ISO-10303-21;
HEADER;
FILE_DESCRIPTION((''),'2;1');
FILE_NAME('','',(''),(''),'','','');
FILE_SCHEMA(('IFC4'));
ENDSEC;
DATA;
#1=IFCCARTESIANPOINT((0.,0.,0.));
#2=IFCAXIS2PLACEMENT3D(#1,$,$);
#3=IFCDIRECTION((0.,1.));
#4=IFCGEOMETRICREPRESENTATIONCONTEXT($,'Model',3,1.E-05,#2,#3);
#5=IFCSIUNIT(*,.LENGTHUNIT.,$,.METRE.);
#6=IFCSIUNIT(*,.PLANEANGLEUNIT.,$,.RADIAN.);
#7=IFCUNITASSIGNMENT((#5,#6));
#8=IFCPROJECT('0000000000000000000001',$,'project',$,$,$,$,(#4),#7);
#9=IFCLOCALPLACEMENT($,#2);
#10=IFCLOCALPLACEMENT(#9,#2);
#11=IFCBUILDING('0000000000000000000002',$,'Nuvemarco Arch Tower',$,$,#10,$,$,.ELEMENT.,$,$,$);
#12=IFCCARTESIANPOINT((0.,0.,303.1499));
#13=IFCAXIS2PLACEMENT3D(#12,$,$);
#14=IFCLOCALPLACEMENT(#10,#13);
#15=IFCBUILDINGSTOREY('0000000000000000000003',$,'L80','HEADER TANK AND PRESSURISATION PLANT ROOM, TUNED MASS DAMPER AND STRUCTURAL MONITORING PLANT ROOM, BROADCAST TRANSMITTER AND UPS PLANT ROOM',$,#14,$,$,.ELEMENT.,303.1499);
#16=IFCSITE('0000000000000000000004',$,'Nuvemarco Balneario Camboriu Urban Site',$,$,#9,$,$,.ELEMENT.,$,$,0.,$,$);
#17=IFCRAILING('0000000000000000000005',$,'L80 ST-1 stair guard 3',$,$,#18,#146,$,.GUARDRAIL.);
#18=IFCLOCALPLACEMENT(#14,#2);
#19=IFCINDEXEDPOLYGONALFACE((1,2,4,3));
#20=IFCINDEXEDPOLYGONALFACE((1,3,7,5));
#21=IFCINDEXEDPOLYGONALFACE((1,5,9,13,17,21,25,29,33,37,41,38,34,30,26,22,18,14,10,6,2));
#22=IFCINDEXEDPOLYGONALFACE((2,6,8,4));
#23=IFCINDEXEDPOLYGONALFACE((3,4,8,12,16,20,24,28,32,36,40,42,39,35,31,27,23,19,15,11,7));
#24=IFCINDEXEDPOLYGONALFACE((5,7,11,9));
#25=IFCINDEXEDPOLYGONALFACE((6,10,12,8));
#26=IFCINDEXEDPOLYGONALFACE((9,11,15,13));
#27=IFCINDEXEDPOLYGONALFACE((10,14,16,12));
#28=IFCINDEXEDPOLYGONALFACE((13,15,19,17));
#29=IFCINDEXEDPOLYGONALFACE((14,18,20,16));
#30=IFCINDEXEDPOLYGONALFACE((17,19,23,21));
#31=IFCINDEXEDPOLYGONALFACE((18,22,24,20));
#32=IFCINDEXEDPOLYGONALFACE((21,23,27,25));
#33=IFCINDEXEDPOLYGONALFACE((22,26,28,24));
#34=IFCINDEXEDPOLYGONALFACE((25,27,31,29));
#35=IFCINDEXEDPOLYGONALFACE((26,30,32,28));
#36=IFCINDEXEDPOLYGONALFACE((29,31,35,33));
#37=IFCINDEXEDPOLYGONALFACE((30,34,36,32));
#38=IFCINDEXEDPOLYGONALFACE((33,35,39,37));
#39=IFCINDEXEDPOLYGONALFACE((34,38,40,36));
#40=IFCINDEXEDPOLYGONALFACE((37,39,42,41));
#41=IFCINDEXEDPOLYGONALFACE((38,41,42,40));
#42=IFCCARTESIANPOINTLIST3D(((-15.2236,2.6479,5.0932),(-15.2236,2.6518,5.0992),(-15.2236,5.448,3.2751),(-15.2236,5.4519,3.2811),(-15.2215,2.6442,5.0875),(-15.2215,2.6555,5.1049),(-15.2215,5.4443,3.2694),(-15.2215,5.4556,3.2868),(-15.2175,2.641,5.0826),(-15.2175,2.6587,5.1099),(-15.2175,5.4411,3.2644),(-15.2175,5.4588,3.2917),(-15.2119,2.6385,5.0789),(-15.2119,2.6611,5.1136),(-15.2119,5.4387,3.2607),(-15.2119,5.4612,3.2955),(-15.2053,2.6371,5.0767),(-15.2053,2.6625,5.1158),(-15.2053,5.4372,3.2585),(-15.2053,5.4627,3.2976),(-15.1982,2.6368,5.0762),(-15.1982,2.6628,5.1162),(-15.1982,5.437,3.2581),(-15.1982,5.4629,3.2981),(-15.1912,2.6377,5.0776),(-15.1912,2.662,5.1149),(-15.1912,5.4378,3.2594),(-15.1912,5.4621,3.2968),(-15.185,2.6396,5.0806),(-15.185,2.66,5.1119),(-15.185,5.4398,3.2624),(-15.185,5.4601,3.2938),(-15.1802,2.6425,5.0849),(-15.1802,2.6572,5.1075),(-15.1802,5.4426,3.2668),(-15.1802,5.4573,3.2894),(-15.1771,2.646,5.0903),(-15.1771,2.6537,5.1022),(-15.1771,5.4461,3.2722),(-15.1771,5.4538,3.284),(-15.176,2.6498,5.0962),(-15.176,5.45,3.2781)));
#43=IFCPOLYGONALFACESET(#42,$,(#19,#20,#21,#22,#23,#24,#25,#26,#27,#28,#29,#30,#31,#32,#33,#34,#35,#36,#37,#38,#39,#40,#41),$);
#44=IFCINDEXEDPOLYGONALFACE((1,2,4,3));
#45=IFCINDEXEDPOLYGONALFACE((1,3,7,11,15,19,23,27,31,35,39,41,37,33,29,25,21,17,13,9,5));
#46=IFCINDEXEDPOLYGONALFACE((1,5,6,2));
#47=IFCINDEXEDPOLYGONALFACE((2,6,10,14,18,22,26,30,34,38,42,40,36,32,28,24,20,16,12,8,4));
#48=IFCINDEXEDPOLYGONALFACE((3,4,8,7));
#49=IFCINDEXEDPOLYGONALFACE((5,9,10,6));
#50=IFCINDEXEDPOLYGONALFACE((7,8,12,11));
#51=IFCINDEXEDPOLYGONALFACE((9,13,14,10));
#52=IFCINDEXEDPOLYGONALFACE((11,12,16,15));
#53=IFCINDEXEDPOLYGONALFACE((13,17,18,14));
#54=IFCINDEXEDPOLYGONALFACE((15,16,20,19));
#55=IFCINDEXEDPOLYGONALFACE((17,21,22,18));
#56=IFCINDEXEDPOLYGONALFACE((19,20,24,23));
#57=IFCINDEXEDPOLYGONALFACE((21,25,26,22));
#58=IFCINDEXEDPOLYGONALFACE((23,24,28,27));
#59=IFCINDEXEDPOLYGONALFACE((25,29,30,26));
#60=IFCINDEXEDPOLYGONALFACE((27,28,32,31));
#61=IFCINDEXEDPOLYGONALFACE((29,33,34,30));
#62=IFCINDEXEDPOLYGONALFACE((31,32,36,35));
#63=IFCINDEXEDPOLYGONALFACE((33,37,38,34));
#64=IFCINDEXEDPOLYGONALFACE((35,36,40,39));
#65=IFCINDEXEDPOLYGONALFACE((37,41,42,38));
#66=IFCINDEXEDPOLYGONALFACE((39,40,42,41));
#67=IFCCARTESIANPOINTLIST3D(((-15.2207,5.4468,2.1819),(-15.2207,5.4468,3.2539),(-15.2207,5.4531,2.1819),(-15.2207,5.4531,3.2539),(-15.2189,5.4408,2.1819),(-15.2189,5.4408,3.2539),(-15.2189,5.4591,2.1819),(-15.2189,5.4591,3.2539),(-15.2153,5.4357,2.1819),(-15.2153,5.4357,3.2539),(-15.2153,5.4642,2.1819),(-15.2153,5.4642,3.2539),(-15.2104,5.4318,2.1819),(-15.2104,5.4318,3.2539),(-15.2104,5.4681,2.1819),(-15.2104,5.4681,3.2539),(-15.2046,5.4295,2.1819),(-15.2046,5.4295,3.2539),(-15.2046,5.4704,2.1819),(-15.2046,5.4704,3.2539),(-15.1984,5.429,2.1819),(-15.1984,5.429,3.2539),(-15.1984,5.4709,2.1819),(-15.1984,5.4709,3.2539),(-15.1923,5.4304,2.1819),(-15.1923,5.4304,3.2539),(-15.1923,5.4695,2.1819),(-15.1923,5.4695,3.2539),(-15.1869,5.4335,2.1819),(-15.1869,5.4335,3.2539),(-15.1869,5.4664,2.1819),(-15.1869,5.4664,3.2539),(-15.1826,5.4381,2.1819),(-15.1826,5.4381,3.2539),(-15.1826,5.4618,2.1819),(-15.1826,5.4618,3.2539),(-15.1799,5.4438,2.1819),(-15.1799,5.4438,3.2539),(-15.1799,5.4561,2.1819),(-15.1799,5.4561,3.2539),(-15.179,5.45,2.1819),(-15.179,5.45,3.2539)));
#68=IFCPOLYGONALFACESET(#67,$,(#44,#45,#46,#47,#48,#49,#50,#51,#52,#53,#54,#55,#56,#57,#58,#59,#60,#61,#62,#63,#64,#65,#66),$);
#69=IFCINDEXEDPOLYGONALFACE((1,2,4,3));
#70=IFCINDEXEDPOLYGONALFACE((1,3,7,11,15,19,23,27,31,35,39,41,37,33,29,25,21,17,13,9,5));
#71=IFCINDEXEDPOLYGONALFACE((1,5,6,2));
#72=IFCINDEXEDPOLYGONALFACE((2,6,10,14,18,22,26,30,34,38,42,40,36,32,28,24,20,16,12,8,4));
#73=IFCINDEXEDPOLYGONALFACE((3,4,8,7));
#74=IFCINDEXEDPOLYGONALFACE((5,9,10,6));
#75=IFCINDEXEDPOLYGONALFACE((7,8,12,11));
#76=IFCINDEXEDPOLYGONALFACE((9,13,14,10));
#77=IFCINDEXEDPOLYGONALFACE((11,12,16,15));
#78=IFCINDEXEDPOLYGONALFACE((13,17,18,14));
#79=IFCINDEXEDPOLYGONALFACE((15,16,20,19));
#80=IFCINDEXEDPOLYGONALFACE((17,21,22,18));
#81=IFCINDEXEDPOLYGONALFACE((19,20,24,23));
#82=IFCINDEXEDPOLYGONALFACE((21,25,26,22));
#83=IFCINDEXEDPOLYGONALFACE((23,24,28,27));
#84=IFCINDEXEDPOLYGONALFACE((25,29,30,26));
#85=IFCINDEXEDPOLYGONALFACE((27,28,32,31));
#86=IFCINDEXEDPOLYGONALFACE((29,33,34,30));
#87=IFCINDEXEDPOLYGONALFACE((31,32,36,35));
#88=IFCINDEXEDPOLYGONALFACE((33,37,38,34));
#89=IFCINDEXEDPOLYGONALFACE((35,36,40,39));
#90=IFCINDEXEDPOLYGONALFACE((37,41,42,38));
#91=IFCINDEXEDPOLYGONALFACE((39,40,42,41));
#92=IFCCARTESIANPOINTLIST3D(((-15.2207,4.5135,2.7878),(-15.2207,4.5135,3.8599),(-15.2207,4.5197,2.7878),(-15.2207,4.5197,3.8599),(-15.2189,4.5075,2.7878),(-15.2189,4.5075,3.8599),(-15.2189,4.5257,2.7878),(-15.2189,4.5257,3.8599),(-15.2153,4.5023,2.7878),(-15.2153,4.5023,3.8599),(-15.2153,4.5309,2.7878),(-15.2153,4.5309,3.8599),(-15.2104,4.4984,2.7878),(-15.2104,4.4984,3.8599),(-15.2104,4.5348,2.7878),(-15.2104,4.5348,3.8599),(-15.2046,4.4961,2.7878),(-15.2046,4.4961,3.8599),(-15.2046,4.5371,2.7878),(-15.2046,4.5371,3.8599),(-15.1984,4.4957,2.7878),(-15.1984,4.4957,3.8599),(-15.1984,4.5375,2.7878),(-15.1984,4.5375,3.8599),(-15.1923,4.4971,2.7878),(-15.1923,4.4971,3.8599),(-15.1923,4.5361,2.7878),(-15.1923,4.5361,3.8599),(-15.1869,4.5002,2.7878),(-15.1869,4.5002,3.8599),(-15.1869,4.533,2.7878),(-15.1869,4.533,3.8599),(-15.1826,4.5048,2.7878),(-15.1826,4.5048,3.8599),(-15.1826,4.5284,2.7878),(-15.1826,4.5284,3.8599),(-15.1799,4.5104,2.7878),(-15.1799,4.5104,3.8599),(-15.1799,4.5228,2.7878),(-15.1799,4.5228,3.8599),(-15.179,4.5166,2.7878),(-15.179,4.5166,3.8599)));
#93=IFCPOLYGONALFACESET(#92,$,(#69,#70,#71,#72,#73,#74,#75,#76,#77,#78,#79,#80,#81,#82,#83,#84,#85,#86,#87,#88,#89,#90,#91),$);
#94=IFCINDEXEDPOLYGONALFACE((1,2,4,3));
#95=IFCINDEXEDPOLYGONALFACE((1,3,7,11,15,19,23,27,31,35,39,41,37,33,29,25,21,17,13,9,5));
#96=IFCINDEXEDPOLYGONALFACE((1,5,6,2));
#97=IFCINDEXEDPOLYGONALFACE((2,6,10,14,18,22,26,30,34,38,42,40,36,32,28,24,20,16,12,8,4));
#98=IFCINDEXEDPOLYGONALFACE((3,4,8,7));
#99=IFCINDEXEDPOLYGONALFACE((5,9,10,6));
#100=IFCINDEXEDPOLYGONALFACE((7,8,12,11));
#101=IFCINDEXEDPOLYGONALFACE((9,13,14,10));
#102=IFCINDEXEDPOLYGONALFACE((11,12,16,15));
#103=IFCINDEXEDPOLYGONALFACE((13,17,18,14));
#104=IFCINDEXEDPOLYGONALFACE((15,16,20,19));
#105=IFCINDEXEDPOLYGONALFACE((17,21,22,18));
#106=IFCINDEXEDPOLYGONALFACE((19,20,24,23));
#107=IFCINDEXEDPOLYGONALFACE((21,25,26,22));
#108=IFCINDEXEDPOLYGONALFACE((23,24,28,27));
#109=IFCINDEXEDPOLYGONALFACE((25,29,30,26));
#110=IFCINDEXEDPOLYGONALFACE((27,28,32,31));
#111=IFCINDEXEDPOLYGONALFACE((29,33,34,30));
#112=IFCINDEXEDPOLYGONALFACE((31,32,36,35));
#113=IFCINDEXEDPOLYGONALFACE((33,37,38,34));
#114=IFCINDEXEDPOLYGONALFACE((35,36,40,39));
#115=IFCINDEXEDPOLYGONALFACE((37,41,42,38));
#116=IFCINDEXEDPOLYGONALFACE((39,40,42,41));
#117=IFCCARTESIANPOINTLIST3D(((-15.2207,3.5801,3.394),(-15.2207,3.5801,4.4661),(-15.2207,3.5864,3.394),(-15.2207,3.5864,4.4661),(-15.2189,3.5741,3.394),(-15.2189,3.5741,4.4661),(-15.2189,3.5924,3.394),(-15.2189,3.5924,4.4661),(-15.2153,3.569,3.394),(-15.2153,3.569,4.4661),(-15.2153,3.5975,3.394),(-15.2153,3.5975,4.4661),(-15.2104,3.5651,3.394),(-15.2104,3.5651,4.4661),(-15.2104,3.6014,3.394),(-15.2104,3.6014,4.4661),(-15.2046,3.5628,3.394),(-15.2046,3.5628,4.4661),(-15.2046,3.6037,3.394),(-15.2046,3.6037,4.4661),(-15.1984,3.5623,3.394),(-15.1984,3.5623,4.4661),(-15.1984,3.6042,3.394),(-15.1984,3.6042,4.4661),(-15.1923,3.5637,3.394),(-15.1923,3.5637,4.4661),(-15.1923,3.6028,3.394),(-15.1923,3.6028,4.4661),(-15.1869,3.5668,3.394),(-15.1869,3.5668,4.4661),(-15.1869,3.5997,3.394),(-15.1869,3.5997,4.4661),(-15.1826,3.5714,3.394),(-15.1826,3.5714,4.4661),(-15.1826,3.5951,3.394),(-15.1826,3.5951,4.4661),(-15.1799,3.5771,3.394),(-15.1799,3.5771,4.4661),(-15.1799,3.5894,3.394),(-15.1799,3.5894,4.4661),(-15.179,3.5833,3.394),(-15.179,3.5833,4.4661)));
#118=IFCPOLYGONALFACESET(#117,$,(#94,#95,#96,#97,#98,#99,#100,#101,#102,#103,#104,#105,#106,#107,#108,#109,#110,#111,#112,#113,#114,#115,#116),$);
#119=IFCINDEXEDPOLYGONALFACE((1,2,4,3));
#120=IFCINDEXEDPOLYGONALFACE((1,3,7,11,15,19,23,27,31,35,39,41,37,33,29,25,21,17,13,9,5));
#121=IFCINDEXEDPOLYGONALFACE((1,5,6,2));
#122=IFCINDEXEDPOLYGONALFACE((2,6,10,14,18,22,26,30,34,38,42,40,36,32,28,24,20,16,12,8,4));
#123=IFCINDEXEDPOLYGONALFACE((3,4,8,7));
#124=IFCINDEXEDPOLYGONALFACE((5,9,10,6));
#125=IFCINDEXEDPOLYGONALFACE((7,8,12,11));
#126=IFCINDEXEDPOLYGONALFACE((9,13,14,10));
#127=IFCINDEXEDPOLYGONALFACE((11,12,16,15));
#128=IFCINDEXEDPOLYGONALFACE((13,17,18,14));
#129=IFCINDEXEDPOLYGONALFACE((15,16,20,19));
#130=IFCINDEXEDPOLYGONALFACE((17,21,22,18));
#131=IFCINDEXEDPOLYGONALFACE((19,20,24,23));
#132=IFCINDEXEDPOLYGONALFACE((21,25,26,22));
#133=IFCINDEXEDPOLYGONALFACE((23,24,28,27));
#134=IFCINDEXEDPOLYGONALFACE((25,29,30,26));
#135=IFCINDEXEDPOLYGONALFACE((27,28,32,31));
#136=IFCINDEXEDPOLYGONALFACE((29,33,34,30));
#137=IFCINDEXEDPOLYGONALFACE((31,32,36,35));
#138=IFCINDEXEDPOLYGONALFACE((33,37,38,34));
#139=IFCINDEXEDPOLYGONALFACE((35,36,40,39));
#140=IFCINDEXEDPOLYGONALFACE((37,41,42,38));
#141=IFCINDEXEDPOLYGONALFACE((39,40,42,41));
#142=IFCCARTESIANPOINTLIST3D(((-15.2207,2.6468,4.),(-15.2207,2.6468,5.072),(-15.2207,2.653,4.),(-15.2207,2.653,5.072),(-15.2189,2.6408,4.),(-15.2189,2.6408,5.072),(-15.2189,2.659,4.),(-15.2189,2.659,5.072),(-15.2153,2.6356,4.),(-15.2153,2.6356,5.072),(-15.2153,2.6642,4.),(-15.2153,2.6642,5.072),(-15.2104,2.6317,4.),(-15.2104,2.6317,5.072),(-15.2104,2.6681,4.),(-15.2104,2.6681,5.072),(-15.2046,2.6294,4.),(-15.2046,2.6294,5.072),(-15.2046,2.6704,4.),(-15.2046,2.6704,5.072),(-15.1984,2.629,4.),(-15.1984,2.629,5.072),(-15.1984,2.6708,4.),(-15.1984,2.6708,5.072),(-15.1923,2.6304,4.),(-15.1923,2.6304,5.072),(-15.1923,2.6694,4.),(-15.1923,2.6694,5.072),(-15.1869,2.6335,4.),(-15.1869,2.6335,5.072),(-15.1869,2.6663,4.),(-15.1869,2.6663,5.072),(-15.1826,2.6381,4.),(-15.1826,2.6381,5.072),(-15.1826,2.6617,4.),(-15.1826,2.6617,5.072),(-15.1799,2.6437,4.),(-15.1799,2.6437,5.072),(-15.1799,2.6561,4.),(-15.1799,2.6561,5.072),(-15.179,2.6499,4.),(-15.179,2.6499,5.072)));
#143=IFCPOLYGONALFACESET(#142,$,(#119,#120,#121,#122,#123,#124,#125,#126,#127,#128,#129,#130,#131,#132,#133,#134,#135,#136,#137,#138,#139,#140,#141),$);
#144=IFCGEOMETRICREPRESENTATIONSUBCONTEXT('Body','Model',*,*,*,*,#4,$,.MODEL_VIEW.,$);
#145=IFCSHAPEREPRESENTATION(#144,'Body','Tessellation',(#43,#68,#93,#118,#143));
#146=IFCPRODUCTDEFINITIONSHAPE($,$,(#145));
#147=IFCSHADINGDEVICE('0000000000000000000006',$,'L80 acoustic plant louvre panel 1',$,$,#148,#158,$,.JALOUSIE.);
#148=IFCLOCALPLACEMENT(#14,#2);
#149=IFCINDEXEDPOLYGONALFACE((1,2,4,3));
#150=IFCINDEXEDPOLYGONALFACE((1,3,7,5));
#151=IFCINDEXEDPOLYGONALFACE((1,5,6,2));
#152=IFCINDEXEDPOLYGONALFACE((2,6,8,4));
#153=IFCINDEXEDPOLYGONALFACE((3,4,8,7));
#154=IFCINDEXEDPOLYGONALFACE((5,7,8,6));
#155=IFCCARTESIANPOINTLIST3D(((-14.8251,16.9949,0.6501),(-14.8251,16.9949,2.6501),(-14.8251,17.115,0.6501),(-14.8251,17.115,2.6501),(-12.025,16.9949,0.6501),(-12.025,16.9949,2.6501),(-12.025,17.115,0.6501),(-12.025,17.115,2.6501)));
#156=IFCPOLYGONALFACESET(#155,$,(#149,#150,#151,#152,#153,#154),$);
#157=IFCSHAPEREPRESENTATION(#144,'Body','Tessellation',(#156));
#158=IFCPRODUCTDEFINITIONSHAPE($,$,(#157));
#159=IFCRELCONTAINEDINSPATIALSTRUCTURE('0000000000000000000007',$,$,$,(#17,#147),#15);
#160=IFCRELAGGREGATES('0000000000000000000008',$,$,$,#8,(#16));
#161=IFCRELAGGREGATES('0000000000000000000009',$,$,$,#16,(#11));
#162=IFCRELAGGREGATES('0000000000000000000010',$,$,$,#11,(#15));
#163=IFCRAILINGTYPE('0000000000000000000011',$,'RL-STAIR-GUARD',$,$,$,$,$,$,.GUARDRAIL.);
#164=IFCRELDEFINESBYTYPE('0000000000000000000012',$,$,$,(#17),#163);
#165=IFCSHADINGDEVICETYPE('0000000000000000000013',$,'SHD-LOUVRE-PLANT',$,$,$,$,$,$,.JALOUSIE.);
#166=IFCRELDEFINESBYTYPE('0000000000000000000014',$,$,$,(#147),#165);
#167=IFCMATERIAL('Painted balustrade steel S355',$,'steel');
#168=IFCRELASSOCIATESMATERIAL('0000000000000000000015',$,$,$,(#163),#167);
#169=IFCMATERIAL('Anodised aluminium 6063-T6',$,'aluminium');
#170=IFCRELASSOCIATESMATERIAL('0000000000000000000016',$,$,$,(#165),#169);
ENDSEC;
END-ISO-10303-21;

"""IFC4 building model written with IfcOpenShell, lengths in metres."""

from ifc_helpers import new_model, si_unit, direction, frame, origin, origin_2d, place, context, subcontext, project, spatial, rectangle, circle, extrude, source, transform, mapped, material, type_object, type_shapes, element, save


model = new_model("IFC4")

# Units and contexts
model_context = context("Model", 3, precision=1e-05, world=origin(), true_north=direction((0.0, 1.0)))
body_context = subcontext(model_context, "Body", "Model", "MODEL_VIEW")
ifc_project = project(units=[si_unit("LENGTHUNIT", "METRE"), si_unit("PLANEANGLEUNIT", "RADIAN")], contexts=[model_context])

# Site, building, storey
site_placement = place(None, origin())
site = spatial("IfcSite", under=ifc_project, at=site_placement, Name="Nuvemarco Balneario Camboriu Urban Site", CompositionType="ELEMENT", RefElevation=0.0)
building_placement = place(site_placement, origin())
building = spatial("IfcBuilding", under=site, at=building_placement, Name="Nuvemarco Arch Tower", CompositionType="ELEMENT")
storey_placement = place(building_placement, frame((0.0, 0.0, 303.1499)))
storey = spatial("IfcBuildingStorey", under=building, at=storey_placement, Name="L80", Description="HEADER TANK AND PRESSURISATION PLANT ROOM, TUNED MASS DAMPER AND STRUCTURAL MONITORING PLANT ROOM, BROADCAST TRANSMITTER AND UPS PLANT ROOM", CompositionType="ELEMENT", Elevation=303.1499)

# Railing
ifc_material_1 = material(Name="Painted balustrade steel S355", Category="steel")
railing_type = type_object("IfcRailingType", Name="RL-STAIR-GUARD", PredefinedType="GUARDRAIL", material=ifc_material_1)
railing_1_placement = place(storey_placement, frame((-15.2, 5.45, 2.1819)))
element("IfcRailing", 1, at=railing_1_placement, inside=storey, type_object=railing_type, Name="L80 ST-1 stair guard 3", PredefinedType="GUARDRAIL", context=body_context, shape_type="SweptSolid", body=[
    extrude(circle(Radius=0.0239, at=origin_2d()), frame((0.0, 0.0, 1.0962), z_axis=(0.0, -0.838706, 0.544585), x_axis=(1.0, 0.0, 0.0)), (0.0, 0.0, 1.0), 3.3386),
    extrude(circle(Radius=0.021, at=origin_2d()), origin(), (0.0, 0.0, 1.0), 1.072),
    extrude(circle(Radius=0.021, at=origin_2d()), frame((0.0, -0.9333, 0.606)), (0.0, 0.0, 1.0), 1.072),
    extrude(circle(Radius=0.021, at=origin_2d()), frame((0.0, -1.8667, 1.2122)), (0.0, 0.0, 1.0), 1.072),
    extrude(circle(Radius=0.021, at=origin_2d()), frame((0.0, -2.8, 1.8181)), (0.0, 0.0, 1.0), 1.072),
])

# Shading device
ifc_material_2 = material(Name="Anodised aluminium 6063-T6", Category="aluminium")
shading_device_type = type_object("IfcShadingDeviceType", Name="SHD-LOUVRE-PLANT", PredefinedType="JALOUSIE", material=ifc_material_2)
shared_shape_1 = source(origin(), body_context, "Body", "SweptSolid", [
    extrude(rectangle(XDim=2.8, YDim=0.1201, at=origin_2d()), origin(), (0.0, 0.0, 1.0), 2.0),
])
type_shapes(shading_device_type, [shared_shape_1])
shading_device_placement = place(storey_placement, frame((-13.425, 17.0549, 0.6501), z_axis=(0.0, 0.0, 1.0), x_axis=(1.0, 0.0, 0.0)))
element("IfcShadingDevice", 2, at=shading_device_placement, inside=storey, type_object=shading_device_type, Name="L80 acoustic plant louvre panel 1", PredefinedType="JALOUSIE", context=body_context, shape_type="MappedRepresentation", body=[
    mapped(shared_shape_1, transform((0.0, 0.0, 0.0), scale=1.0)),
])

save(model, "model.ifc")
